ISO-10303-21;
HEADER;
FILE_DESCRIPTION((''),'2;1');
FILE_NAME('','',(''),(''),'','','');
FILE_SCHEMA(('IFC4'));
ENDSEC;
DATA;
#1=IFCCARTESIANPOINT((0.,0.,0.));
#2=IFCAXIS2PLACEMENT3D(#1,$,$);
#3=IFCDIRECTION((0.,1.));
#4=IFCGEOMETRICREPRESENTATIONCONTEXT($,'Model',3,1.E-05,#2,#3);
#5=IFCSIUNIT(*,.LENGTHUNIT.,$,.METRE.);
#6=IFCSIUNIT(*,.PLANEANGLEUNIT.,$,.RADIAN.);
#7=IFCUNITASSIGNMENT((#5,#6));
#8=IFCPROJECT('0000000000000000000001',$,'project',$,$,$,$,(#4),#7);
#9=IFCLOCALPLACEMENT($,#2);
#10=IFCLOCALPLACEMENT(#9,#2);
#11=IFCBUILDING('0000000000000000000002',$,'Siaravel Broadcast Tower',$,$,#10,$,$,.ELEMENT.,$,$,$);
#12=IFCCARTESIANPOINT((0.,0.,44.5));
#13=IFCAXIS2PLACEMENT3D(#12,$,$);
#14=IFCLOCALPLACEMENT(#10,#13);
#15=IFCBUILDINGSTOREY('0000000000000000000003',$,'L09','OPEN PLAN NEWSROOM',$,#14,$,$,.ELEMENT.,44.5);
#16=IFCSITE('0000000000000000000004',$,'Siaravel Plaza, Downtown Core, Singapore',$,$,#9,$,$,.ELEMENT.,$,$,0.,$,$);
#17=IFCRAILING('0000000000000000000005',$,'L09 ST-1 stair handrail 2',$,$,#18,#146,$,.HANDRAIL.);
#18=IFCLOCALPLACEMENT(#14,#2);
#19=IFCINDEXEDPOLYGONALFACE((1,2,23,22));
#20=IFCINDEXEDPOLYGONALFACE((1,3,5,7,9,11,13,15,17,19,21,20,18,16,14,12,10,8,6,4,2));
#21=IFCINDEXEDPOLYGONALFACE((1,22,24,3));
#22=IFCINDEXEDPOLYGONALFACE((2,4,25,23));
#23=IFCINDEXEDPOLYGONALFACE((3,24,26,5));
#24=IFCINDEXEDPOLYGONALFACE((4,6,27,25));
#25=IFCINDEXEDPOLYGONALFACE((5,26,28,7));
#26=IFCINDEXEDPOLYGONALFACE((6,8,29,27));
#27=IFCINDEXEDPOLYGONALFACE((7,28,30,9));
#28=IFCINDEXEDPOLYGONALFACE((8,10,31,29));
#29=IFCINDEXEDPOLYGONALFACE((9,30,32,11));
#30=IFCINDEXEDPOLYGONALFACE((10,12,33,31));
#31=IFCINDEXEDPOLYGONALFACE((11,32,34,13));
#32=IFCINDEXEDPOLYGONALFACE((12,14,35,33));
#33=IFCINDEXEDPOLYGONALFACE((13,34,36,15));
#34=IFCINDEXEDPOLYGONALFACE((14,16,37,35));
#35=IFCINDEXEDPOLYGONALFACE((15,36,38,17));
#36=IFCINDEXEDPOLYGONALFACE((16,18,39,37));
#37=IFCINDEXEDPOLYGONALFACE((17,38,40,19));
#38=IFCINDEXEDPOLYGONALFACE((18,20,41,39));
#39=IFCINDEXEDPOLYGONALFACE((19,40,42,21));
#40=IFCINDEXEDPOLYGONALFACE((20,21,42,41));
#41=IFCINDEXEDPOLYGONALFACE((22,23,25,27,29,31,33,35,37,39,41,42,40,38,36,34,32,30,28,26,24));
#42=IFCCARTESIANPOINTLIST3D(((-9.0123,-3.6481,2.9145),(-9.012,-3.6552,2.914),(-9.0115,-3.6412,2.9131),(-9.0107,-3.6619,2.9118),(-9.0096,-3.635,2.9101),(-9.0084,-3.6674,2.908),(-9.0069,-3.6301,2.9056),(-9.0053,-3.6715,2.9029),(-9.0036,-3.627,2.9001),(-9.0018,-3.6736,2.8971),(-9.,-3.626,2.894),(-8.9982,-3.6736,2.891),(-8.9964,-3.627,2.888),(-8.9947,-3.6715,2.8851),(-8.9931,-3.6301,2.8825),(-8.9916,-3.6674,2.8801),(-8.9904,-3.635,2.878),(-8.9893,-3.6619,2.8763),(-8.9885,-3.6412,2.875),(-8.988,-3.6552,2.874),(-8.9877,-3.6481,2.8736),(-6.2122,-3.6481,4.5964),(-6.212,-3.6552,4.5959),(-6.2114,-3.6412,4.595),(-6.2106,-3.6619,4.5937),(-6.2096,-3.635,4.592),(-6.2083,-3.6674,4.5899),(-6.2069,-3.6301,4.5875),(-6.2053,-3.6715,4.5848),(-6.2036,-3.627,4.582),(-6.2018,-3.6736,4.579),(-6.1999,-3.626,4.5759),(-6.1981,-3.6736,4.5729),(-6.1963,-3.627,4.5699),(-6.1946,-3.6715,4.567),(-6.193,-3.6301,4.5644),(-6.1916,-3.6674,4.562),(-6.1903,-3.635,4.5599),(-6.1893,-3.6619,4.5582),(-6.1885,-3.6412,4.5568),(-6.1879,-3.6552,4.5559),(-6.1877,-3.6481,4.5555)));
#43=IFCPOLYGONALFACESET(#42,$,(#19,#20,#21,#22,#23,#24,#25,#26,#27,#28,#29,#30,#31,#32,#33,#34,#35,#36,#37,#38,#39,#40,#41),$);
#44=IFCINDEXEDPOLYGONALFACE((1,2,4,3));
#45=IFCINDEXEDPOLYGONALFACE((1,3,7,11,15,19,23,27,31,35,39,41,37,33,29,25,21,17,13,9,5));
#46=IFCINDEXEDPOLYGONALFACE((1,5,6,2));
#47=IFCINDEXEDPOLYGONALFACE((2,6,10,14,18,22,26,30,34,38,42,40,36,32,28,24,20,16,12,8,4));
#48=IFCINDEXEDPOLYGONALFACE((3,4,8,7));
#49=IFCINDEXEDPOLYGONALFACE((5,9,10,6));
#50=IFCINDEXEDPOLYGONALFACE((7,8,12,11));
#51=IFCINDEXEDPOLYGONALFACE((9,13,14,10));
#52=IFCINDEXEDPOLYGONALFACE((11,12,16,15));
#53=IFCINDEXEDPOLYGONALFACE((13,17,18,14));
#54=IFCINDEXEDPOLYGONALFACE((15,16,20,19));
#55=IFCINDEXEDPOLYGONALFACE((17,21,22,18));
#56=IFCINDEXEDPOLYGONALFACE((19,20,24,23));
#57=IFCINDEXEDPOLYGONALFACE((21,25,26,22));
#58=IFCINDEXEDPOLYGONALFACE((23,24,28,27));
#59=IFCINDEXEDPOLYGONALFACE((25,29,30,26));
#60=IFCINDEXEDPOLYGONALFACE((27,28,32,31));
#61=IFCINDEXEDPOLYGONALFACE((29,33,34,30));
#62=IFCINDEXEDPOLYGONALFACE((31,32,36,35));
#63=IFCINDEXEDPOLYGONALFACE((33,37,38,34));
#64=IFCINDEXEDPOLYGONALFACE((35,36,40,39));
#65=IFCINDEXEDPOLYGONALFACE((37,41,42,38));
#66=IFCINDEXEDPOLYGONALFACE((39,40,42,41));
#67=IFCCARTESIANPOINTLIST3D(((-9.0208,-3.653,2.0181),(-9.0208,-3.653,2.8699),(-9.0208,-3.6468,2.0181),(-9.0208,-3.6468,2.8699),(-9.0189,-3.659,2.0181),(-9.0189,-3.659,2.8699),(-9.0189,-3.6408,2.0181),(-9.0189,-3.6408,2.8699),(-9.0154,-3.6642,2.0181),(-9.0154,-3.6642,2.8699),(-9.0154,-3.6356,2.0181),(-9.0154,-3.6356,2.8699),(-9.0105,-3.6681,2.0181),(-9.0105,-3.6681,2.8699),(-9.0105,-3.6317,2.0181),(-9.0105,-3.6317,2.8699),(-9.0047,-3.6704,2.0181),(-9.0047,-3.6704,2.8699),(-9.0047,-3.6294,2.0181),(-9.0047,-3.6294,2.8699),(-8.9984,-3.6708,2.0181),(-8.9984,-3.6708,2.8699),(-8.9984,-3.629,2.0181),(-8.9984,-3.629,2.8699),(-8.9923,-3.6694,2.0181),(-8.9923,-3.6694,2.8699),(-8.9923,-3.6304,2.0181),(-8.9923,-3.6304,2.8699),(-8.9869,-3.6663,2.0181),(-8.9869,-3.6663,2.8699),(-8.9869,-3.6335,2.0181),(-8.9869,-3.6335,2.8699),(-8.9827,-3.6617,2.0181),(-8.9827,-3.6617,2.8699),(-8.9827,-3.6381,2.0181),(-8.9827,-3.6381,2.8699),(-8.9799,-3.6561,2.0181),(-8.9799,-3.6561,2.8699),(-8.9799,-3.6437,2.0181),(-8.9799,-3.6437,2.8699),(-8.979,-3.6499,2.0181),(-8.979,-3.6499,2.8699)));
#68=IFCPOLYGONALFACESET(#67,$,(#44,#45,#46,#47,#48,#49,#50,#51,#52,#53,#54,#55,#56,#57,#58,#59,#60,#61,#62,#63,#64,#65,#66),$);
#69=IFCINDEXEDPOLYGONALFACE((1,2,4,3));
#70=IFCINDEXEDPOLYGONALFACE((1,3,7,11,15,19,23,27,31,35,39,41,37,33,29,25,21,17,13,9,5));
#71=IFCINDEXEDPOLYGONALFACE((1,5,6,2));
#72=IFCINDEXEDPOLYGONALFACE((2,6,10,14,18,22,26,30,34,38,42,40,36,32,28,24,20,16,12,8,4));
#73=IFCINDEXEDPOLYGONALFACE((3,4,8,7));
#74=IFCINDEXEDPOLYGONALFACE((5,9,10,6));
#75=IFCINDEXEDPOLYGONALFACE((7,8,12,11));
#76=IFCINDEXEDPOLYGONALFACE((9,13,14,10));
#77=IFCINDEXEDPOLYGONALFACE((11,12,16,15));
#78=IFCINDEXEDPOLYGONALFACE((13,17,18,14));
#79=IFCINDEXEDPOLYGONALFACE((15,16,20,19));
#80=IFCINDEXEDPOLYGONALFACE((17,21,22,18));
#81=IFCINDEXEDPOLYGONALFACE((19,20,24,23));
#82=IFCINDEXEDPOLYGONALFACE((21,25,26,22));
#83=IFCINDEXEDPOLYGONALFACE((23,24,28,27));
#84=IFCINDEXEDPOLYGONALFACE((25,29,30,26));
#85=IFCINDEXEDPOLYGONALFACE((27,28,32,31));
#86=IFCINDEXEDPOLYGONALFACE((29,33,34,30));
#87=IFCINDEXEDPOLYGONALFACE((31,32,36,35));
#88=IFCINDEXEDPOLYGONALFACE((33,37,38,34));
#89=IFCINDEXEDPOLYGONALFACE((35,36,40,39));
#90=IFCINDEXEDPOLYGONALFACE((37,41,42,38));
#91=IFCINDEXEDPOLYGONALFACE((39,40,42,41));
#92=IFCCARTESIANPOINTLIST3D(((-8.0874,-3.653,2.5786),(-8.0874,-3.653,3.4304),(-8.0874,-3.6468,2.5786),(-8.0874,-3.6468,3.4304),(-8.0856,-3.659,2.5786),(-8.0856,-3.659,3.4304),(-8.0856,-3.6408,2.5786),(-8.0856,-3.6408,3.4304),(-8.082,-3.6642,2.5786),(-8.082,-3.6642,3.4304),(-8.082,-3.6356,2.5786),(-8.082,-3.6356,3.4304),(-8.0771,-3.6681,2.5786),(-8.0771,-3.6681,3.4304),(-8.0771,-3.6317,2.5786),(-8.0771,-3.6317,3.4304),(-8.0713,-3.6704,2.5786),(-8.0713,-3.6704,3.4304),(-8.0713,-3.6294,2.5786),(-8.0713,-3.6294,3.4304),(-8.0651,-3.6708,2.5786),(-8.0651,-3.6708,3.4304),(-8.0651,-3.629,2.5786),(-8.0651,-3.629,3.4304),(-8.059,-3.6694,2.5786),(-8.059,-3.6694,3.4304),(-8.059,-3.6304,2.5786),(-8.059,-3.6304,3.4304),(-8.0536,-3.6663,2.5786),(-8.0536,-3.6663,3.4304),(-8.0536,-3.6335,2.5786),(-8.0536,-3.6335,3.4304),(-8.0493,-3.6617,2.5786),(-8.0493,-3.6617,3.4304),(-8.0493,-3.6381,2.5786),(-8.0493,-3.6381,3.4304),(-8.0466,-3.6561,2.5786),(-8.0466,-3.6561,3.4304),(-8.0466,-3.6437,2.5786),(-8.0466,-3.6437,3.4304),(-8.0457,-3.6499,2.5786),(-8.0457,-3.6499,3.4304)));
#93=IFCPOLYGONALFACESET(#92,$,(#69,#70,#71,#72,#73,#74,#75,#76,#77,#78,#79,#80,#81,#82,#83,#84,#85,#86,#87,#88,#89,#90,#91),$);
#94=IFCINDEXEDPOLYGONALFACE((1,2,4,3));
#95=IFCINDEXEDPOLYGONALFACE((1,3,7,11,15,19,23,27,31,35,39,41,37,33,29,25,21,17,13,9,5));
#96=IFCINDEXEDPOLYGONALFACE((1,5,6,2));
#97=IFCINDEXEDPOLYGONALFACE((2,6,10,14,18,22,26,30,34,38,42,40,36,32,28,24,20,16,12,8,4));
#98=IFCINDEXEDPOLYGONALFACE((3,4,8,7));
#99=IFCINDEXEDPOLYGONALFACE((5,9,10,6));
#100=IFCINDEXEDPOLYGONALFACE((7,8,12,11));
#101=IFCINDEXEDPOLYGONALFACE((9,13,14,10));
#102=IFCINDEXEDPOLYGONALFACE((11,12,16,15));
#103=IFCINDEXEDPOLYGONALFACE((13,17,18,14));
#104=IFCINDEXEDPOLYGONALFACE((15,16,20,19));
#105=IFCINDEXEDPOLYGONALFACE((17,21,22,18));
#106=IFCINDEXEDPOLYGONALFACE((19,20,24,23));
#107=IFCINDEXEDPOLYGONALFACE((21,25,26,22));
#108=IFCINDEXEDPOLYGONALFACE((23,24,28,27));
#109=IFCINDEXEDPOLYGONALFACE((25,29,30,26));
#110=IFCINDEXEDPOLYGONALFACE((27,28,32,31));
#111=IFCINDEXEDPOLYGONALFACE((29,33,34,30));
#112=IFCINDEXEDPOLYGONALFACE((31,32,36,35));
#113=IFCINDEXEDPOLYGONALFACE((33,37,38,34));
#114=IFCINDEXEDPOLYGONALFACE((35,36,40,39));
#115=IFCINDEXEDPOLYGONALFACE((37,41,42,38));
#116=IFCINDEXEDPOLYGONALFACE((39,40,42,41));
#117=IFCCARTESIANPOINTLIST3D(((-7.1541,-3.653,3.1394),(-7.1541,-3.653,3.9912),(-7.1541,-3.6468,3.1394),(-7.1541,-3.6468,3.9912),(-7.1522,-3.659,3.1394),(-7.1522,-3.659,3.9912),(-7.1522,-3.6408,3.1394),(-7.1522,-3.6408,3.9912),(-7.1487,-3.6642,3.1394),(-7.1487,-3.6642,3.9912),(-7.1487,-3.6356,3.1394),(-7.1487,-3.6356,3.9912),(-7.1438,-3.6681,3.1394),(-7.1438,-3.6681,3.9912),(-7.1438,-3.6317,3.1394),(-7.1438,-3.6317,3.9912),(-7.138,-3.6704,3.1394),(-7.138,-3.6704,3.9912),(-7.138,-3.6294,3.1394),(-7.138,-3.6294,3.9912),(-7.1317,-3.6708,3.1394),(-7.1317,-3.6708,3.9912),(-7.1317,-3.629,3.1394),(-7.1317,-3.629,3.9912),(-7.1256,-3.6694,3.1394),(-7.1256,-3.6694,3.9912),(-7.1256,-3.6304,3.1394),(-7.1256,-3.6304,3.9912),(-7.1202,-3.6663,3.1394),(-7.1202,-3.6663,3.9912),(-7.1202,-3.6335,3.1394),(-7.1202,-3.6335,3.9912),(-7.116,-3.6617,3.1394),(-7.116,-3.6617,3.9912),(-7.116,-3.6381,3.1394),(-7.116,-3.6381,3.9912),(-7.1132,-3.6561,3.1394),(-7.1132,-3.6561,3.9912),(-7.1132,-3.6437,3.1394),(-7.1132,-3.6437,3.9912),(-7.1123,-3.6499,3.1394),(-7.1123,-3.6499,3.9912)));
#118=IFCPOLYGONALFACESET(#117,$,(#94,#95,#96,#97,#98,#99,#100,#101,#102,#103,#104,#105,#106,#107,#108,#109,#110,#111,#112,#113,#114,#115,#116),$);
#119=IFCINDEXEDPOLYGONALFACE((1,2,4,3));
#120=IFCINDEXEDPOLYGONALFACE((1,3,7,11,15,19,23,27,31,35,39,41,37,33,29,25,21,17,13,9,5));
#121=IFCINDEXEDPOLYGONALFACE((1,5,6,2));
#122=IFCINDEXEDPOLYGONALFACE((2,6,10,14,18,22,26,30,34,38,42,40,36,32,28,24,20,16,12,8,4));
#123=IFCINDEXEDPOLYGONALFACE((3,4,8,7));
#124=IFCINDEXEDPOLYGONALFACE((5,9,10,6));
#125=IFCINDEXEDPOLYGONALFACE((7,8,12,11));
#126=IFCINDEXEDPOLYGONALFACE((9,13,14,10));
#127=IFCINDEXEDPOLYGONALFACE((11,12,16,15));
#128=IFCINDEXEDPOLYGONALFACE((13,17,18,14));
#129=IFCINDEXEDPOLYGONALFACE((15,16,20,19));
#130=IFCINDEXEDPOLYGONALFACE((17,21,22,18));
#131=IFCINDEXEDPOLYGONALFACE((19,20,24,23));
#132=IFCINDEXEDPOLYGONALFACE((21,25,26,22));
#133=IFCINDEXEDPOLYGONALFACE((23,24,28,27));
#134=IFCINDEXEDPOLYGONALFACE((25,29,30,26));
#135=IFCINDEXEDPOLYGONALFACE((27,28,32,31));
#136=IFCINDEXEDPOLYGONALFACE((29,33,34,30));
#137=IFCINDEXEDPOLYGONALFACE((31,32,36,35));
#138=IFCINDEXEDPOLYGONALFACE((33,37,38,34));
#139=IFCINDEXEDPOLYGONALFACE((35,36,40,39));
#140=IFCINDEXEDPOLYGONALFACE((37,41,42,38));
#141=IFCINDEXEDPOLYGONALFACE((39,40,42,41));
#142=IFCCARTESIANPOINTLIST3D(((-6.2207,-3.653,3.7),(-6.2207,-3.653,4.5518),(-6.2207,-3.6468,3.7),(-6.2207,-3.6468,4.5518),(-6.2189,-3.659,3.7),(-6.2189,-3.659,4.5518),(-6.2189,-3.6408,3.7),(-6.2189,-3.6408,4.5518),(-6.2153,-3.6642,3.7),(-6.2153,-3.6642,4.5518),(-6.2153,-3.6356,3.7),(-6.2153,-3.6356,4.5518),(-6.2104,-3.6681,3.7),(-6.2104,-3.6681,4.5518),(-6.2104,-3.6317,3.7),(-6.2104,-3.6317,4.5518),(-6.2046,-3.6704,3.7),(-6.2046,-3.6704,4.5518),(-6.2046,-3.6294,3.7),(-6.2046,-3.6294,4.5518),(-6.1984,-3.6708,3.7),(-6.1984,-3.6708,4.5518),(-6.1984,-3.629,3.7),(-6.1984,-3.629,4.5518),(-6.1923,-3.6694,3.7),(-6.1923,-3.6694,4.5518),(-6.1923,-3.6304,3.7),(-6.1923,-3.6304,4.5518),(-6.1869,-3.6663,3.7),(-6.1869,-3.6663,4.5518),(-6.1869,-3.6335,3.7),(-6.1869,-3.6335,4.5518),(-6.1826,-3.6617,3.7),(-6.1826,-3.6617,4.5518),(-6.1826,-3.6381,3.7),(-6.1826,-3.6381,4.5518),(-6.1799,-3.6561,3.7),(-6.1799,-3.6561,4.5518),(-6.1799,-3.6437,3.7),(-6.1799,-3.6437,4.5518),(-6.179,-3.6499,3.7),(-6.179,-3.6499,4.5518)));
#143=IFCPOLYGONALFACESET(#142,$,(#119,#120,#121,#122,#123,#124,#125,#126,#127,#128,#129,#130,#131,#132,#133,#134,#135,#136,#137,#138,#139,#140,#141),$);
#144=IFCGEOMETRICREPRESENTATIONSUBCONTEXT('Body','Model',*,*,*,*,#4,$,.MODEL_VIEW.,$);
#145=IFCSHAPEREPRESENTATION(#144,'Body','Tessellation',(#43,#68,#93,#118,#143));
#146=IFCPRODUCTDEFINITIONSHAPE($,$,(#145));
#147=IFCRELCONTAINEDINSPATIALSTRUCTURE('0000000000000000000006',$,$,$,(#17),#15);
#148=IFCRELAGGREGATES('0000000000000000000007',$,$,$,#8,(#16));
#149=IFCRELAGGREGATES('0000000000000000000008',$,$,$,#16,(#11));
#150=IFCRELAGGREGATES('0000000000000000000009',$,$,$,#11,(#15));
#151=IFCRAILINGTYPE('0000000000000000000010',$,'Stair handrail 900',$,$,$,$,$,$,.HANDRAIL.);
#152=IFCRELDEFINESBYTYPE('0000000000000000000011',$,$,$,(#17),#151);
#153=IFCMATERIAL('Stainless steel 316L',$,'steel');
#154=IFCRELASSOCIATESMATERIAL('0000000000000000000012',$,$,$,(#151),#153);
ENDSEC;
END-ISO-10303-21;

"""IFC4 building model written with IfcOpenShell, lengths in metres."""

from ifc_helpers import new_model, si_unit, direction, frame, origin, origin_2d, place, context, subcontext, project, spatial, circle, extrude, material, type_object, element, save


model = new_model("IFC4")

# Units and contexts
model_context = context("Model", 3, precision=1e-05, world=origin(), true_north=direction((0.0, 1.0)))
body_context = subcontext(model_context, "Body", "Model", "MODEL_VIEW")
ifc_project = project(units=[si_unit("LENGTHUNIT", "METRE"), si_unit("PLANEANGLEUNIT", "RADIAN")], contexts=[model_context])

# Site, building, storey
site_placement = place(None, origin())
site = spatial("IfcSite", under=ifc_project, at=site_placement, Name="Siaravel Plaza, Downtown Core, Singapore", CompositionType="ELEMENT", RefElevation=0.0)
building_placement = place(site_placement, origin())
building = spatial("IfcBuilding", under=site, at=building_placement, Name="Siaravel Broadcast Tower", CompositionType="ELEMENT")
storey_placement = place(building_placement, frame((0.0, 0.0, 44.5)))
storey = spatial("IfcBuildingStorey", under=building, at=storey_placement, Name="L09", Description="OPEN PLAN NEWSROOM", CompositionType="ELEMENT", Elevation=44.5)

# Railing
ifc_material_1 = material(Name="Stainless steel 316L", Category="steel")
railing_type_1 = type_object("IfcRailingType", Name="Stair handrail 900", PredefinedType="HANDRAIL", material=ifc_material_1)
railing_1_placement = place(storey_placement, frame((-9.0, -3.6499, 2.0181)))
element("IfcRailing", 1, at=railing_1_placement, inside=storey, type_object=railing_type_1, Name="L09 ST-1 stair handrail 2", PredefinedType="HANDRAIL", context=body_context, shape_type="SweptSolid", body=[
    extrude(circle(Radius=0.0239, at=origin_2d()), frame((0.0, 0.0, 0.876), z_axis=(0.857242, 0.0, 0.514913), x_axis=(0.0, 1.0, 0.0)), (0.0, 0.0, 1.0), 3.2664),
    extrude(circle(Radius=0.021, at=origin_2d()), origin(), (0.0, 0.0, 1.0), 0.8518),
    extrude(circle(Radius=0.021, at=origin_2d()), frame((0.9333, 0.0, 0.5605)), (0.0, 0.0, 1.0), 0.8518),
    extrude(circle(Radius=0.021, at=origin_2d()), frame((1.8667, 0.0, 1.1213)), (0.0, 0.0, 1.0), 0.8518),
    extrude(circle(Radius=0.021, at=origin_2d()), frame((2.8, 0.0, 1.6819)), (0.0, 0.0, 1.0), 0.8518),
])

save(model, "model.ifc")
